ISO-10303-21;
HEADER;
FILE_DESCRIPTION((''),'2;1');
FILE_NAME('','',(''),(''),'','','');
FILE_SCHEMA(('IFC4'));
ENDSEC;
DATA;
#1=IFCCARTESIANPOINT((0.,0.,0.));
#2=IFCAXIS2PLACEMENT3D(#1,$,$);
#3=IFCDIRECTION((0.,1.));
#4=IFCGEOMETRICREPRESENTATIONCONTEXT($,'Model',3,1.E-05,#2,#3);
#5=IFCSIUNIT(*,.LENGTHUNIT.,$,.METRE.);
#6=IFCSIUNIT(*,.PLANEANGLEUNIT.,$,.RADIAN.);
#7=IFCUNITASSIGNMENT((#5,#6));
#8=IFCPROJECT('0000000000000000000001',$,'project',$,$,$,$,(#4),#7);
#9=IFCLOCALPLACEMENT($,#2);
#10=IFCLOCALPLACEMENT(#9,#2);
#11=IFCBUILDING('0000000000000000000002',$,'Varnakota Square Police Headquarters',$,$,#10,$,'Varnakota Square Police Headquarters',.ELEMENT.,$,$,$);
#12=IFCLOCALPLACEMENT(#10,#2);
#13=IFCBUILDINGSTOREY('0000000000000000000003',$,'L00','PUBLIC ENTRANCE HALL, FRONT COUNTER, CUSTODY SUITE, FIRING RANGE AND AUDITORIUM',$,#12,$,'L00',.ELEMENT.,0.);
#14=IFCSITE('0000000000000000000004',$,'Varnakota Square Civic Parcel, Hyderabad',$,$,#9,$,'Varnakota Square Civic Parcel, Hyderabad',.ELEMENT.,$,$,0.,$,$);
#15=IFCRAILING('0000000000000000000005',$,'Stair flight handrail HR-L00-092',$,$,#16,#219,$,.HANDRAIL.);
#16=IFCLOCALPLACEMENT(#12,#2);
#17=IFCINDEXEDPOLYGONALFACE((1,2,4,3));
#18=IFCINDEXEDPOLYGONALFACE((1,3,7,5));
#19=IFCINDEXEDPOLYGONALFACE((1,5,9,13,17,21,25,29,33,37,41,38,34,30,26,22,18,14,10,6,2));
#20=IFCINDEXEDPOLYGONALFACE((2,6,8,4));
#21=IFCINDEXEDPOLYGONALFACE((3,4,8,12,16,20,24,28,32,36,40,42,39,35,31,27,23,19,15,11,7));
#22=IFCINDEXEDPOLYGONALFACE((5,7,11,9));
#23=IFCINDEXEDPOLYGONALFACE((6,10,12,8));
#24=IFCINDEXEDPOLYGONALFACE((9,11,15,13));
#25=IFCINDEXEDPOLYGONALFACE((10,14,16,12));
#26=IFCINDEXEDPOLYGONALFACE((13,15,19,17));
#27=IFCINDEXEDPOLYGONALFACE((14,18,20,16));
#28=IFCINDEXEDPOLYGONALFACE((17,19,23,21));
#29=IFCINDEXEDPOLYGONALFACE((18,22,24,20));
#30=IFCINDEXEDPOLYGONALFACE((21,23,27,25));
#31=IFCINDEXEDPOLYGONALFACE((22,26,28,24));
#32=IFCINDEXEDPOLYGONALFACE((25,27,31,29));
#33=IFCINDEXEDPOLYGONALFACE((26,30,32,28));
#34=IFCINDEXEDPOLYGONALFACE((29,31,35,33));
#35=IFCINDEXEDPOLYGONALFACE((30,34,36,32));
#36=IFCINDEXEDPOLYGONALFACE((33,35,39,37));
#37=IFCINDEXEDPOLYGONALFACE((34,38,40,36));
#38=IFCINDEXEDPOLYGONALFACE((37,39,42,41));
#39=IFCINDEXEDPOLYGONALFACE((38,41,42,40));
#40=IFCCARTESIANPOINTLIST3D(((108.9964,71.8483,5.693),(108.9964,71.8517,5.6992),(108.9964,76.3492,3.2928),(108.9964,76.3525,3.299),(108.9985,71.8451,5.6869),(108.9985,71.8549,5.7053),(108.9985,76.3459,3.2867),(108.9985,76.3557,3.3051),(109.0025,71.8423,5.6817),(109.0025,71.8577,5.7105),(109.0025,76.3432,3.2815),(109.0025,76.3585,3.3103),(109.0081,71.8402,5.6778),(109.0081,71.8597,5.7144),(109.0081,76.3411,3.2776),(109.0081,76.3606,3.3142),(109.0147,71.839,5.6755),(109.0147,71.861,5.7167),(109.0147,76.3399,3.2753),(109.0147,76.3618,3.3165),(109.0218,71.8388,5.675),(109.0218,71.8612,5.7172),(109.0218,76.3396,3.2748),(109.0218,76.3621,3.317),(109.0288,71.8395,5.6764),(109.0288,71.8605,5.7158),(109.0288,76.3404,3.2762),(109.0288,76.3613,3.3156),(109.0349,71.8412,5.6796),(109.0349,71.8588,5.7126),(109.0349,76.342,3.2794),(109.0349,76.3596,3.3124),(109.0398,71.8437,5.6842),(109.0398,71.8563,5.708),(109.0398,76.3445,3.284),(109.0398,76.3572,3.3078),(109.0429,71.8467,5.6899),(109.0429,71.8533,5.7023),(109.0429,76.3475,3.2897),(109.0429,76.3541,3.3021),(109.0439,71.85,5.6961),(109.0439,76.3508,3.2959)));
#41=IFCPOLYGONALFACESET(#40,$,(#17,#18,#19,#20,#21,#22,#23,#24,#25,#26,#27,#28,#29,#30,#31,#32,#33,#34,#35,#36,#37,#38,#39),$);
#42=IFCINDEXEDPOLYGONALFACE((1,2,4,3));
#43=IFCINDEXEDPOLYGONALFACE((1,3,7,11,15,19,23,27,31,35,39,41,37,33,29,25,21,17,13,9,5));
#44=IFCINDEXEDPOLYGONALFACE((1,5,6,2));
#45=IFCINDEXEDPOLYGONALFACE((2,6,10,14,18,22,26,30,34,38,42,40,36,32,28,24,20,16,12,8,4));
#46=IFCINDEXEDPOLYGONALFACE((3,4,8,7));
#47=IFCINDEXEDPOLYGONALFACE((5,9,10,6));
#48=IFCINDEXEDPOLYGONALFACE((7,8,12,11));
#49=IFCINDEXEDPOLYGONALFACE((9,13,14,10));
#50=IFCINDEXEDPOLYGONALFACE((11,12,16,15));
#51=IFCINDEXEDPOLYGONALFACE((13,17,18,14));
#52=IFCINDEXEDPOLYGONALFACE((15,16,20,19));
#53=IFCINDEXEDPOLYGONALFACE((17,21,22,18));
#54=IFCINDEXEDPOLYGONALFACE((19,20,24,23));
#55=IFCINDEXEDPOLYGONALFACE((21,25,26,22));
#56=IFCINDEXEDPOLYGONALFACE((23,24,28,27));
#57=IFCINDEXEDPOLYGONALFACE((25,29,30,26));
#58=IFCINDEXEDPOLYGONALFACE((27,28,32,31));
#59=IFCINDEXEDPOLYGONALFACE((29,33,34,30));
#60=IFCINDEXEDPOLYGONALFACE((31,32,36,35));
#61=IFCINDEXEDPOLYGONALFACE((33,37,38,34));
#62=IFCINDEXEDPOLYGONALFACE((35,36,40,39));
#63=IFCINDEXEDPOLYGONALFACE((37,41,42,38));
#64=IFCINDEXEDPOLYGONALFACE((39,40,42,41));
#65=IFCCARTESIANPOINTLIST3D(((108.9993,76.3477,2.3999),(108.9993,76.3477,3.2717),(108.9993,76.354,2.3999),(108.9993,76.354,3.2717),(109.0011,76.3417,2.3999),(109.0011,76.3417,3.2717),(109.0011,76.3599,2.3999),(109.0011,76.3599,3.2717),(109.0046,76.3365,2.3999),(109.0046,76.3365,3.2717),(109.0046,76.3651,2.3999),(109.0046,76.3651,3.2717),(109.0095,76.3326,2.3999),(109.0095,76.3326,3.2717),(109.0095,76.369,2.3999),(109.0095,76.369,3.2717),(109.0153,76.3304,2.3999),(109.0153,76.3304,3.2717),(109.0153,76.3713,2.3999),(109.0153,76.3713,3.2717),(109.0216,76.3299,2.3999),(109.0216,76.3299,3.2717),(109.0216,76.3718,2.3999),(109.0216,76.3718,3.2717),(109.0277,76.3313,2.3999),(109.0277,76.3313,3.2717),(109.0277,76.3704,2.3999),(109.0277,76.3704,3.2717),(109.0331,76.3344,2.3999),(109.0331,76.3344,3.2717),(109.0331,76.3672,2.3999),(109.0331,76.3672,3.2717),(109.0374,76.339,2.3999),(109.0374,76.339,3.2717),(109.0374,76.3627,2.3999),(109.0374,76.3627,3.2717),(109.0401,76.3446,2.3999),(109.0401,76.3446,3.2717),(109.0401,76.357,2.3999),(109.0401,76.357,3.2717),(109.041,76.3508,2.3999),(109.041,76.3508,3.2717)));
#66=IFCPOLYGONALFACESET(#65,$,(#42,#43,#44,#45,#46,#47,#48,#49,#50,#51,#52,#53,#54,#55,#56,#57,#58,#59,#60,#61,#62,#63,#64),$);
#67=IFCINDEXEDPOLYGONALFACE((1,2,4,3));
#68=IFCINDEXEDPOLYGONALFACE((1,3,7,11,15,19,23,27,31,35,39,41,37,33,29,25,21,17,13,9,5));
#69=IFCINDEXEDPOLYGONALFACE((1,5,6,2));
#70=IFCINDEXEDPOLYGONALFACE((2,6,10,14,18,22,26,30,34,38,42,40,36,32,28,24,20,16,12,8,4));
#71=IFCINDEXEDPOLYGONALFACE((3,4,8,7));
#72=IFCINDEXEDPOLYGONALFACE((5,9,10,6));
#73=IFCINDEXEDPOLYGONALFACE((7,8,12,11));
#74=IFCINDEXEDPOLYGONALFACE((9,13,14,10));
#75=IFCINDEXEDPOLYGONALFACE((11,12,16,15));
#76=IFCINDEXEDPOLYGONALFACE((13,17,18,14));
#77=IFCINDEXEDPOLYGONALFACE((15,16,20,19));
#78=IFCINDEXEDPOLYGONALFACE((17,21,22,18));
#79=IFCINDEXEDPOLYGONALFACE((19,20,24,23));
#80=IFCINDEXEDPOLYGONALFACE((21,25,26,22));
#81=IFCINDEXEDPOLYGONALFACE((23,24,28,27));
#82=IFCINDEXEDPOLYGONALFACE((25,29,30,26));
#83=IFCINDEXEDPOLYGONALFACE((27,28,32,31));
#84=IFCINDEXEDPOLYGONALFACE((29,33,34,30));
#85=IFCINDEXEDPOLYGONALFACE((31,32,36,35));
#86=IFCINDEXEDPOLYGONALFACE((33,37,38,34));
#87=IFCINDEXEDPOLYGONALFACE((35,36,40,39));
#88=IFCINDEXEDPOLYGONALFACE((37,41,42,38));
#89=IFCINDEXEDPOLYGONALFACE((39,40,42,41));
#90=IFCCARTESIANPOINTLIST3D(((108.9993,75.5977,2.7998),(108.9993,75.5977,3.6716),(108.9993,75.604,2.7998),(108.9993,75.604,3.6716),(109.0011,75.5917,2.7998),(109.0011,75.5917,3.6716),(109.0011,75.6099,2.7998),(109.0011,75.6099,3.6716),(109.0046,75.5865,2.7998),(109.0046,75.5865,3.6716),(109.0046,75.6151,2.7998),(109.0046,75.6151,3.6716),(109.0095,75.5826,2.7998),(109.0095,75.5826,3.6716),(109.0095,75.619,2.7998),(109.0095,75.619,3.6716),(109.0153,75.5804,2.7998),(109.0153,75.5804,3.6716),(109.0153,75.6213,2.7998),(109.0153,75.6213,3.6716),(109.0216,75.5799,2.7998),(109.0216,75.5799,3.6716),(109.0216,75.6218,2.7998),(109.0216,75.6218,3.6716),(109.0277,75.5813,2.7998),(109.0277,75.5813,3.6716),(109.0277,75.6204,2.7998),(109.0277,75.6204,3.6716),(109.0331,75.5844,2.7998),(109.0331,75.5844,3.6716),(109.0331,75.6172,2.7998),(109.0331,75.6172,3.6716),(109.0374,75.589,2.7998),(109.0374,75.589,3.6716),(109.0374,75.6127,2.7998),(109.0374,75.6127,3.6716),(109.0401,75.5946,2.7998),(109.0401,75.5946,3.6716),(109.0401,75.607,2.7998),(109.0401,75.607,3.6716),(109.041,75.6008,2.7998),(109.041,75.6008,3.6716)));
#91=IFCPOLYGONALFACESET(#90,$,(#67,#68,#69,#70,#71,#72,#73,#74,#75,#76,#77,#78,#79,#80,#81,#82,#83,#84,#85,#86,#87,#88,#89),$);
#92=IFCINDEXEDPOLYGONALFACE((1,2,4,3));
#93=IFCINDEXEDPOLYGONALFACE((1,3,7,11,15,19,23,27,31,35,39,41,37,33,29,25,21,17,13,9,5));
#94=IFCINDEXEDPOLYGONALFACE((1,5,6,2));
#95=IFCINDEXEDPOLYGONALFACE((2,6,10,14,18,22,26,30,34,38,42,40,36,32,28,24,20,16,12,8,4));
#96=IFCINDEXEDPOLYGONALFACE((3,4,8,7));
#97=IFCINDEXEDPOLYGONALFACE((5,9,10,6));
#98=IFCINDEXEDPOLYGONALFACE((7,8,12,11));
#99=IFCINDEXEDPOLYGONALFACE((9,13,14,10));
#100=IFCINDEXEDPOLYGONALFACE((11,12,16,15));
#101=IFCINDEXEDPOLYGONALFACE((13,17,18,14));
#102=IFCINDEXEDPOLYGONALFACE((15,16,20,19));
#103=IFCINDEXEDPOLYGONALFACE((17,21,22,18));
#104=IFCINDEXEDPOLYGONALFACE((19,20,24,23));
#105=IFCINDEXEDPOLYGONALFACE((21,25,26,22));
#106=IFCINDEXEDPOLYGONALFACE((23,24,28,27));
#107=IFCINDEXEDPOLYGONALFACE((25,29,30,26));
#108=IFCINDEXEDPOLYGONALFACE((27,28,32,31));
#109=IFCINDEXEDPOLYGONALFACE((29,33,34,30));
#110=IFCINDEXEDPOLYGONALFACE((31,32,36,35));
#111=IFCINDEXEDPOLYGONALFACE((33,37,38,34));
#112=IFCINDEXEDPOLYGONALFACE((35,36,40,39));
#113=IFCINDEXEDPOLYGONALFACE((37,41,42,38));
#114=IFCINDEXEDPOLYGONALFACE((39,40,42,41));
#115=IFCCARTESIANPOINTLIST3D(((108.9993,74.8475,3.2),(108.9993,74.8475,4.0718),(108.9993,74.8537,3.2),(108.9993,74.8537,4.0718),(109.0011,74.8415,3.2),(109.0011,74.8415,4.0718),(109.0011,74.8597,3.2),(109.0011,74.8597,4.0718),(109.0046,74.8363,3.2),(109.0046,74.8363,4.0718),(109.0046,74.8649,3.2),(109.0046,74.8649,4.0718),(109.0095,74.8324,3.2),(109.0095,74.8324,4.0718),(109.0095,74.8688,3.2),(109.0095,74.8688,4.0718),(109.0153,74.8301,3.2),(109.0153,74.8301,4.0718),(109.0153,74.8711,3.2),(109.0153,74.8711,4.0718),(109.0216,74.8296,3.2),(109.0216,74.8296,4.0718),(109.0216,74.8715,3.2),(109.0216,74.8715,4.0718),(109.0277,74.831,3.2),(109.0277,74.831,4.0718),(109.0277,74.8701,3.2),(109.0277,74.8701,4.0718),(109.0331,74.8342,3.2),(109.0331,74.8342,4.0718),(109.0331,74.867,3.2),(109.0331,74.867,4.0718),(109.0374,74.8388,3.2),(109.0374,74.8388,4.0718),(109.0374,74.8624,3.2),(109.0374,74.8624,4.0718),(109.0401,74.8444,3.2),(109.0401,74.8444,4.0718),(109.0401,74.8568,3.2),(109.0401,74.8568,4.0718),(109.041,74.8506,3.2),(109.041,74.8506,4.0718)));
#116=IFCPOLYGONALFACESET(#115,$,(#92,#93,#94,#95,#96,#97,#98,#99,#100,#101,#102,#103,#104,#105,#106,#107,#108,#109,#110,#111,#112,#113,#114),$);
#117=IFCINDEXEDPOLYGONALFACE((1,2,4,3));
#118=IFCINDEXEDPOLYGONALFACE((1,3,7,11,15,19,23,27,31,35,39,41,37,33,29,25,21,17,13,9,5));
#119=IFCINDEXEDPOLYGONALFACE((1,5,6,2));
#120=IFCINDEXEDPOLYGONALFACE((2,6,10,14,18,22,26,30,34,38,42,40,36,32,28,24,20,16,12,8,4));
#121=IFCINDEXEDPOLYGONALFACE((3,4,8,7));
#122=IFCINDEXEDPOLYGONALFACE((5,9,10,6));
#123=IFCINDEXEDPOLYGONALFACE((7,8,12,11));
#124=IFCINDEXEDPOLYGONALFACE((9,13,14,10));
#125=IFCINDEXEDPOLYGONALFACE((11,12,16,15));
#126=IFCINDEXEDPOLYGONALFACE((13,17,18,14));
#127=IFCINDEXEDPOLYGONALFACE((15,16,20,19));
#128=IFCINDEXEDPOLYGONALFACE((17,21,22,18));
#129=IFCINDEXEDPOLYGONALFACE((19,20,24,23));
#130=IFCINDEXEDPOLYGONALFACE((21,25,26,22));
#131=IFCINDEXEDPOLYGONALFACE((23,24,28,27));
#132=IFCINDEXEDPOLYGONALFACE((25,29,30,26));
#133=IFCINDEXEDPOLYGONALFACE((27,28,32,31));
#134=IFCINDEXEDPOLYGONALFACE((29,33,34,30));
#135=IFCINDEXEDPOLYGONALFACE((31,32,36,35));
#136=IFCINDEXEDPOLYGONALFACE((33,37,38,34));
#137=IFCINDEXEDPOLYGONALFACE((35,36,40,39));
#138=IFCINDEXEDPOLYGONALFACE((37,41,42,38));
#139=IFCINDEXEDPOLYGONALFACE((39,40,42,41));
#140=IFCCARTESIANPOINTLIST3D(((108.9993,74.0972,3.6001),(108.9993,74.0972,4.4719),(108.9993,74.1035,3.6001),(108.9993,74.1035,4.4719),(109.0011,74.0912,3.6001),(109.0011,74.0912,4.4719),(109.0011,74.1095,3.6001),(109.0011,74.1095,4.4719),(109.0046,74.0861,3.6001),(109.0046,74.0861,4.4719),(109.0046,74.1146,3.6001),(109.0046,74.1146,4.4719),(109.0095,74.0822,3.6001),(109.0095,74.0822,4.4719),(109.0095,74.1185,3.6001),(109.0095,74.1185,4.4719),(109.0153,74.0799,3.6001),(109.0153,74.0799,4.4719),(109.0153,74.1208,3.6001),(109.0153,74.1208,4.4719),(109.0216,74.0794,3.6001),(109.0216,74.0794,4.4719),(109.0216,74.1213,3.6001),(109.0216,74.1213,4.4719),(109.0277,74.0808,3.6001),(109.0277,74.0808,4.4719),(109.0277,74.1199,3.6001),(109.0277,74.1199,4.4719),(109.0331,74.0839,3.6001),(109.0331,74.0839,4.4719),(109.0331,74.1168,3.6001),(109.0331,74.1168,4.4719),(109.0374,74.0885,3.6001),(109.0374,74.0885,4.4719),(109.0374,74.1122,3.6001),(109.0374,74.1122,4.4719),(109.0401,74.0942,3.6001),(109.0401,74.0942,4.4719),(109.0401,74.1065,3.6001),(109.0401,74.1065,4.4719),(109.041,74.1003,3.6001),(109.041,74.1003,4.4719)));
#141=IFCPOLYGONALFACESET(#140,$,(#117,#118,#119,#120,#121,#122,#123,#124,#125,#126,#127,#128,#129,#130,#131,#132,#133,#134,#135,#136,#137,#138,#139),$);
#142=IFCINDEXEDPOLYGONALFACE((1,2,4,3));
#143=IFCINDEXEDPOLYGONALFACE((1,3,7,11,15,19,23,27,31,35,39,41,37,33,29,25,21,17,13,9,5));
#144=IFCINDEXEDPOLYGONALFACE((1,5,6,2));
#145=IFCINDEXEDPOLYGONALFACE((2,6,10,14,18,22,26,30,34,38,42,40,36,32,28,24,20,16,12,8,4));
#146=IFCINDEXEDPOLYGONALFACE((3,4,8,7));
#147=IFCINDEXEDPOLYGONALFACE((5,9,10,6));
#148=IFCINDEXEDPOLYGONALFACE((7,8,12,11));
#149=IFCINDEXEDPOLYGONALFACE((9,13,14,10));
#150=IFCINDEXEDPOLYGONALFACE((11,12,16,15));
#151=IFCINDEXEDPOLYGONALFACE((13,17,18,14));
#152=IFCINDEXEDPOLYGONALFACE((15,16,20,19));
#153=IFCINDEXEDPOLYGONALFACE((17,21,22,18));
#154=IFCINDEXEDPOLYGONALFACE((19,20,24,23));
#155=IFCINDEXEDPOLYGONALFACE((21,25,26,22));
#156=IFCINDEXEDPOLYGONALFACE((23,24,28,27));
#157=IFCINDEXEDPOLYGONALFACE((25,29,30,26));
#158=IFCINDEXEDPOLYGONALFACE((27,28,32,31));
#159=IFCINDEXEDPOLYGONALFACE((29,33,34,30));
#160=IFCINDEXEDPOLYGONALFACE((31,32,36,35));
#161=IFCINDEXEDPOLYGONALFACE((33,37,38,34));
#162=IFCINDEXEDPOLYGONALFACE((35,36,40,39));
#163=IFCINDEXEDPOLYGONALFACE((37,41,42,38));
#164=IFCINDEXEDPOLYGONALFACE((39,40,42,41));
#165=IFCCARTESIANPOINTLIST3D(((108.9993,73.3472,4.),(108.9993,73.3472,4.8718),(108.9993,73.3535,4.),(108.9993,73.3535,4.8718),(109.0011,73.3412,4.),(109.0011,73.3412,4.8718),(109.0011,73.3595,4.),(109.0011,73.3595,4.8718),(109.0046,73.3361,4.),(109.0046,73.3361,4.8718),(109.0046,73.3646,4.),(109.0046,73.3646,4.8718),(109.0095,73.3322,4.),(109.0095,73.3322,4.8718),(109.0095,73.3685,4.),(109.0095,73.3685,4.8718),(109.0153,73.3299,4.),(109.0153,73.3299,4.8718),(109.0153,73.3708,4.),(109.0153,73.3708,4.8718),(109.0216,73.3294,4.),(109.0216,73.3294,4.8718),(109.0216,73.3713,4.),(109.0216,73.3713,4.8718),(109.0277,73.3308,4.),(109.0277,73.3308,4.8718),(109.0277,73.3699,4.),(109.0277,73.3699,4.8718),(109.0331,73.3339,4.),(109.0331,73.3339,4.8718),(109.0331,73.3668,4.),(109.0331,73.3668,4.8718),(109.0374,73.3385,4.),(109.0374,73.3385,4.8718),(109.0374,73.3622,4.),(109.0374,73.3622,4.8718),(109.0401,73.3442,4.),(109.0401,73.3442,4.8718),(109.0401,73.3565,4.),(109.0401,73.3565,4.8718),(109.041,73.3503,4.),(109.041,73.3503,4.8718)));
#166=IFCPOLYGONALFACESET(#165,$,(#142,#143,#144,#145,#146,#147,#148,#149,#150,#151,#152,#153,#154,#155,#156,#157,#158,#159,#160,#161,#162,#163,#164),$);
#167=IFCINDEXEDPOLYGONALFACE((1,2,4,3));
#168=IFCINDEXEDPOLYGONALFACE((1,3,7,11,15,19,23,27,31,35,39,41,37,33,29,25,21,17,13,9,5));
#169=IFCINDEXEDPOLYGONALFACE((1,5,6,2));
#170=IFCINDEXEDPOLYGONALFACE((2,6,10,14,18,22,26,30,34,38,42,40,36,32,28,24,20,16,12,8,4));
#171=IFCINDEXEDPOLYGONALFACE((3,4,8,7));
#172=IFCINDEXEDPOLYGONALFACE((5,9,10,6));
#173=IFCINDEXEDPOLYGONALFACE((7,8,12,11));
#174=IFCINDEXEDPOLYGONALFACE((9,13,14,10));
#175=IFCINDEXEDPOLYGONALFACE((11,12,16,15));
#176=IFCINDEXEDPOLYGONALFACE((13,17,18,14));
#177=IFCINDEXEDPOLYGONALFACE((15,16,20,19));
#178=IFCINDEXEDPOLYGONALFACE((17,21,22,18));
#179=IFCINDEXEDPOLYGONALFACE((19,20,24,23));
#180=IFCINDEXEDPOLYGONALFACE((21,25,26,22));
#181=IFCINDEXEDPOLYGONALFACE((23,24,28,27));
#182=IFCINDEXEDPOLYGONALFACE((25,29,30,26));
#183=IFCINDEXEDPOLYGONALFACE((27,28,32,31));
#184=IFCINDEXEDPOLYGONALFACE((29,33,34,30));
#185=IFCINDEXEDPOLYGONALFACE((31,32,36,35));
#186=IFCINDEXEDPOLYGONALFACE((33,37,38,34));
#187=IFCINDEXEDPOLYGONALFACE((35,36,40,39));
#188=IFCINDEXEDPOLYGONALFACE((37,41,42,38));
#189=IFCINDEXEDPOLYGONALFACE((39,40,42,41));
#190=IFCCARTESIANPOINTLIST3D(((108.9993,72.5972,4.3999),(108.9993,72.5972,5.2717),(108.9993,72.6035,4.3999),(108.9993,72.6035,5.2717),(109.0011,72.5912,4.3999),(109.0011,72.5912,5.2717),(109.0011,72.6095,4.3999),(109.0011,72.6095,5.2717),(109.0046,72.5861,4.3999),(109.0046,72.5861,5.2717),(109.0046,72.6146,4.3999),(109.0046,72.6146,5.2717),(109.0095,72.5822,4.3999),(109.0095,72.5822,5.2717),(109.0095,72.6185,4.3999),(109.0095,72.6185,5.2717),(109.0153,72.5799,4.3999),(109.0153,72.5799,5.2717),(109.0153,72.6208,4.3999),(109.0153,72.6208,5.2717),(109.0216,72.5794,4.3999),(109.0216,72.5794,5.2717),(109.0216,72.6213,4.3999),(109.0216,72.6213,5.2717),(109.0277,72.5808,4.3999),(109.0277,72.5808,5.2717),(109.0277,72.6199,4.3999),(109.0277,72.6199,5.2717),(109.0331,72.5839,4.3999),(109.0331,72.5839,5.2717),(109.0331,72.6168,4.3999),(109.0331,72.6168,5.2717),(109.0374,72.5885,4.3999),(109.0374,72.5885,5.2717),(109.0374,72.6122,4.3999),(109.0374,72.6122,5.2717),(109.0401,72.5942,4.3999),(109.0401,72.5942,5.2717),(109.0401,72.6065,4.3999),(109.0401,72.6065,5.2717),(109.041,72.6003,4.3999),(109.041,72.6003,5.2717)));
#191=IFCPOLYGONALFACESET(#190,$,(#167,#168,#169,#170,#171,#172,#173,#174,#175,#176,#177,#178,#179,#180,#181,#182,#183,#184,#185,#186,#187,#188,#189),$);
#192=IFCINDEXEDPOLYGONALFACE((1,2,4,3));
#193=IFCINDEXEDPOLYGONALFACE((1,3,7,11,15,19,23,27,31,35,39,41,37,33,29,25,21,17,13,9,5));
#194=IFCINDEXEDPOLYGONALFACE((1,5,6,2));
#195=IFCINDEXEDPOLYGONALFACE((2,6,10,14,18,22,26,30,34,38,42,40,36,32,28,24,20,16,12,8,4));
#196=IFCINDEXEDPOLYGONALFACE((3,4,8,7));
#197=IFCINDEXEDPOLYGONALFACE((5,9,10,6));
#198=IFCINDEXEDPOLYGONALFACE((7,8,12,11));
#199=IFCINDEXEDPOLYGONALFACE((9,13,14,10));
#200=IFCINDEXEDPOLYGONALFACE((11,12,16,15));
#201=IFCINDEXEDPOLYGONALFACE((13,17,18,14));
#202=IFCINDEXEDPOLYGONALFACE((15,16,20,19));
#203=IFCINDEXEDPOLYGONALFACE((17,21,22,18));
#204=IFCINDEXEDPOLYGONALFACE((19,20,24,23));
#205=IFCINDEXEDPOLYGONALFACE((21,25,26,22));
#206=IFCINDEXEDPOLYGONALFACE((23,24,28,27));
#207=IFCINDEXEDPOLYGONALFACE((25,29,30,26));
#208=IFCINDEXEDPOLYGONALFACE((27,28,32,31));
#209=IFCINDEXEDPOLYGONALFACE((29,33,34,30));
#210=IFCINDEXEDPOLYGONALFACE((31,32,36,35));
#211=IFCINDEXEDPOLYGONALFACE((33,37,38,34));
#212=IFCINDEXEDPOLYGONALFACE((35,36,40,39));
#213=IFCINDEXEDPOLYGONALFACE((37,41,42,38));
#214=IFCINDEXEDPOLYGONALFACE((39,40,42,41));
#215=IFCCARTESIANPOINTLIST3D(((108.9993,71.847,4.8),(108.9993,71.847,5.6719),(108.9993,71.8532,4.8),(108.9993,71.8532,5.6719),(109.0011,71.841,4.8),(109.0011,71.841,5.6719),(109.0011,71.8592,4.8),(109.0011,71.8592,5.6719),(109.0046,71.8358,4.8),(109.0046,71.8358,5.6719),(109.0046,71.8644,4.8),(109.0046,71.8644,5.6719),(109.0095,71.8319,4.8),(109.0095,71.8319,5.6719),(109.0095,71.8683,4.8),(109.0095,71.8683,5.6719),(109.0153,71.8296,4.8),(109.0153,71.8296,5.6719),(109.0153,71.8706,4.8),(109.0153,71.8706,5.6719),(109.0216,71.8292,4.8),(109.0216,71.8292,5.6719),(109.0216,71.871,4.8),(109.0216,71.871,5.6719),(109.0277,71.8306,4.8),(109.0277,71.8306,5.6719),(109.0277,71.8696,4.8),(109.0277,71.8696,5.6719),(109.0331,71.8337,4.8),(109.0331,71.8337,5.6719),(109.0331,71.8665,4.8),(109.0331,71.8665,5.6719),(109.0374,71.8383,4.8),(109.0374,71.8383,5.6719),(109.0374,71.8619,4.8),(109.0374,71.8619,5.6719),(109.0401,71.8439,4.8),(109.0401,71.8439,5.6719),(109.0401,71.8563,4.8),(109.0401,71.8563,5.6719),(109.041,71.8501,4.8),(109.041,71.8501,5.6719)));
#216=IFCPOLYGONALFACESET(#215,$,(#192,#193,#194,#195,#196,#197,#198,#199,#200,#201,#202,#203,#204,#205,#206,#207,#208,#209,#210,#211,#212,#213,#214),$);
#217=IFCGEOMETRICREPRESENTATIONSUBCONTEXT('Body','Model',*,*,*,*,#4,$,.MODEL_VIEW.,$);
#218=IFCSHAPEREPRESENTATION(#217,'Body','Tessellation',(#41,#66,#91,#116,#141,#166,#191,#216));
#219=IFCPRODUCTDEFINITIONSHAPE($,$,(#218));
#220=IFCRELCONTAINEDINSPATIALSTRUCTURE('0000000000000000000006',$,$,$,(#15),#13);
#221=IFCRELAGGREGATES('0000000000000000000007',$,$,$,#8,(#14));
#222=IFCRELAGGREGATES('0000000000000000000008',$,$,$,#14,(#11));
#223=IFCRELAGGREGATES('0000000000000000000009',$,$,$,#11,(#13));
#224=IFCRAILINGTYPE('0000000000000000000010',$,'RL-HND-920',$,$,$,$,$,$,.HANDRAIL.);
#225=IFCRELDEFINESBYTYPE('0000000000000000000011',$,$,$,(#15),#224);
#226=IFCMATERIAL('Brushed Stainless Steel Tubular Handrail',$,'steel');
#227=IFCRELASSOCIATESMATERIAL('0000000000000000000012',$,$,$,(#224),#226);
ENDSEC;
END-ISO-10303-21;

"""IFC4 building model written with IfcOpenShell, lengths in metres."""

from ifc_helpers import new_model, si_unit, direction, frame, origin, origin_2d, place, context, subcontext, project, spatial, circle, extrude, material, type_object, element, save


model = new_model("IFC4")

# Units and contexts
model_context = context("Model", 3, precision=1e-05, world=origin(), true_north=direction((0.0, 1.0)))
body_context = subcontext(model_context, "Body", "Model", "MODEL_VIEW")
ifc_project = project(units=[si_unit("LENGTHUNIT", "METRE"), si_unit("PLANEANGLEUNIT", "RADIAN")], contexts=[model_context])

# Site, building, storey
site_placement = place(None, origin())
site = spatial("IfcSite", under=ifc_project, at=site_placement, Name="Varnakota Square Civic Parcel, Hyderabad", LongName="Varnakota Square Civic Parcel, Hyderabad", CompositionType="ELEMENT", RefElevation=0.0)
building_placement = place(site_placement, origin())
building = spatial("IfcBuilding", under=site, at=building_placement, Name="Varnakota Square Police Headquarters", LongName="Varnakota Square Police Headquarters", CompositionType="ELEMENT")
storey_placement = place(building_placement, origin())
storey = spatial("IfcBuildingStorey", under=building, at=storey_placement, Name="L00", Description="PUBLIC ENTRANCE HALL, FRONT COUNTER, CUSTODY SUITE, FIRING RANGE AND AUDITORIUM", LongName="L00", CompositionType="ELEMENT", Elevation=0.0)

# Railing
ifc_material_1 = material(Name="Brushed Stainless Steel Tubular Handrail", Category="steel")
railing_type_1 = type_object("IfcRailingType", Name="RL-HND-920", PredefinedType="HANDRAIL", material=ifc_material_1)
railing_1_placement = place(storey_placement, frame((109.02, 76.3508, 2.3999)))
element("IfcRailing", 1, at=railing_1_placement, inside=storey, type_object=railing_type_1, Name="Stair flight handrail HR-L00-092", PredefinedType="HANDRAIL", context=body_context, shape_type="SweptSolid", body=[
    extrude(circle(Radius=0.0239, at=origin_2d()), frame((0.0, 0.0, 0.896), z_axis=(0.0, -0.882373, 0.470551), x_axis=(1.0, 0.0, 0.0)), (0.0, 0.0, 1.0), 5.1008),
    extrude(circle(Radius=0.021, at=origin_2d()), origin(), (0.0, 0.0, 1.0), 0.8718),
    extrude(circle(Radius=0.021, at=origin_2d()), frame((0.0, -0.75, 0.3999)), (0.0, 0.0, 1.0), 0.8718),
    extrude(circle(Radius=0.021, at=origin_2d()), frame((0.0, -1.5002, 0.8)), (0.0, 0.0, 1.0), 0.8718),
    extrude(circle(Radius=0.021, at=origin_2d()), frame((0.0, -2.2505, 1.2002)), (0.0, 0.0, 1.0), 0.8718),
    extrude(circle(Radius=0.021, at=origin_2d()), frame((0.0, -3.0005, 1.6001)), (0.0, 0.0, 1.0), 0.8718),
    extrude(circle(Radius=0.021, at=origin_2d()), frame((0.0, -3.7505, 2.0)), (0.0, 0.0, 1.0), 0.8718),
    extrude(circle(Radius=0.021, at=origin_2d()), frame((0.0, -4.5007, 2.4001)), (0.0, 0.0, 1.0), 0.8718),
])

save(model, "model.ifc")
